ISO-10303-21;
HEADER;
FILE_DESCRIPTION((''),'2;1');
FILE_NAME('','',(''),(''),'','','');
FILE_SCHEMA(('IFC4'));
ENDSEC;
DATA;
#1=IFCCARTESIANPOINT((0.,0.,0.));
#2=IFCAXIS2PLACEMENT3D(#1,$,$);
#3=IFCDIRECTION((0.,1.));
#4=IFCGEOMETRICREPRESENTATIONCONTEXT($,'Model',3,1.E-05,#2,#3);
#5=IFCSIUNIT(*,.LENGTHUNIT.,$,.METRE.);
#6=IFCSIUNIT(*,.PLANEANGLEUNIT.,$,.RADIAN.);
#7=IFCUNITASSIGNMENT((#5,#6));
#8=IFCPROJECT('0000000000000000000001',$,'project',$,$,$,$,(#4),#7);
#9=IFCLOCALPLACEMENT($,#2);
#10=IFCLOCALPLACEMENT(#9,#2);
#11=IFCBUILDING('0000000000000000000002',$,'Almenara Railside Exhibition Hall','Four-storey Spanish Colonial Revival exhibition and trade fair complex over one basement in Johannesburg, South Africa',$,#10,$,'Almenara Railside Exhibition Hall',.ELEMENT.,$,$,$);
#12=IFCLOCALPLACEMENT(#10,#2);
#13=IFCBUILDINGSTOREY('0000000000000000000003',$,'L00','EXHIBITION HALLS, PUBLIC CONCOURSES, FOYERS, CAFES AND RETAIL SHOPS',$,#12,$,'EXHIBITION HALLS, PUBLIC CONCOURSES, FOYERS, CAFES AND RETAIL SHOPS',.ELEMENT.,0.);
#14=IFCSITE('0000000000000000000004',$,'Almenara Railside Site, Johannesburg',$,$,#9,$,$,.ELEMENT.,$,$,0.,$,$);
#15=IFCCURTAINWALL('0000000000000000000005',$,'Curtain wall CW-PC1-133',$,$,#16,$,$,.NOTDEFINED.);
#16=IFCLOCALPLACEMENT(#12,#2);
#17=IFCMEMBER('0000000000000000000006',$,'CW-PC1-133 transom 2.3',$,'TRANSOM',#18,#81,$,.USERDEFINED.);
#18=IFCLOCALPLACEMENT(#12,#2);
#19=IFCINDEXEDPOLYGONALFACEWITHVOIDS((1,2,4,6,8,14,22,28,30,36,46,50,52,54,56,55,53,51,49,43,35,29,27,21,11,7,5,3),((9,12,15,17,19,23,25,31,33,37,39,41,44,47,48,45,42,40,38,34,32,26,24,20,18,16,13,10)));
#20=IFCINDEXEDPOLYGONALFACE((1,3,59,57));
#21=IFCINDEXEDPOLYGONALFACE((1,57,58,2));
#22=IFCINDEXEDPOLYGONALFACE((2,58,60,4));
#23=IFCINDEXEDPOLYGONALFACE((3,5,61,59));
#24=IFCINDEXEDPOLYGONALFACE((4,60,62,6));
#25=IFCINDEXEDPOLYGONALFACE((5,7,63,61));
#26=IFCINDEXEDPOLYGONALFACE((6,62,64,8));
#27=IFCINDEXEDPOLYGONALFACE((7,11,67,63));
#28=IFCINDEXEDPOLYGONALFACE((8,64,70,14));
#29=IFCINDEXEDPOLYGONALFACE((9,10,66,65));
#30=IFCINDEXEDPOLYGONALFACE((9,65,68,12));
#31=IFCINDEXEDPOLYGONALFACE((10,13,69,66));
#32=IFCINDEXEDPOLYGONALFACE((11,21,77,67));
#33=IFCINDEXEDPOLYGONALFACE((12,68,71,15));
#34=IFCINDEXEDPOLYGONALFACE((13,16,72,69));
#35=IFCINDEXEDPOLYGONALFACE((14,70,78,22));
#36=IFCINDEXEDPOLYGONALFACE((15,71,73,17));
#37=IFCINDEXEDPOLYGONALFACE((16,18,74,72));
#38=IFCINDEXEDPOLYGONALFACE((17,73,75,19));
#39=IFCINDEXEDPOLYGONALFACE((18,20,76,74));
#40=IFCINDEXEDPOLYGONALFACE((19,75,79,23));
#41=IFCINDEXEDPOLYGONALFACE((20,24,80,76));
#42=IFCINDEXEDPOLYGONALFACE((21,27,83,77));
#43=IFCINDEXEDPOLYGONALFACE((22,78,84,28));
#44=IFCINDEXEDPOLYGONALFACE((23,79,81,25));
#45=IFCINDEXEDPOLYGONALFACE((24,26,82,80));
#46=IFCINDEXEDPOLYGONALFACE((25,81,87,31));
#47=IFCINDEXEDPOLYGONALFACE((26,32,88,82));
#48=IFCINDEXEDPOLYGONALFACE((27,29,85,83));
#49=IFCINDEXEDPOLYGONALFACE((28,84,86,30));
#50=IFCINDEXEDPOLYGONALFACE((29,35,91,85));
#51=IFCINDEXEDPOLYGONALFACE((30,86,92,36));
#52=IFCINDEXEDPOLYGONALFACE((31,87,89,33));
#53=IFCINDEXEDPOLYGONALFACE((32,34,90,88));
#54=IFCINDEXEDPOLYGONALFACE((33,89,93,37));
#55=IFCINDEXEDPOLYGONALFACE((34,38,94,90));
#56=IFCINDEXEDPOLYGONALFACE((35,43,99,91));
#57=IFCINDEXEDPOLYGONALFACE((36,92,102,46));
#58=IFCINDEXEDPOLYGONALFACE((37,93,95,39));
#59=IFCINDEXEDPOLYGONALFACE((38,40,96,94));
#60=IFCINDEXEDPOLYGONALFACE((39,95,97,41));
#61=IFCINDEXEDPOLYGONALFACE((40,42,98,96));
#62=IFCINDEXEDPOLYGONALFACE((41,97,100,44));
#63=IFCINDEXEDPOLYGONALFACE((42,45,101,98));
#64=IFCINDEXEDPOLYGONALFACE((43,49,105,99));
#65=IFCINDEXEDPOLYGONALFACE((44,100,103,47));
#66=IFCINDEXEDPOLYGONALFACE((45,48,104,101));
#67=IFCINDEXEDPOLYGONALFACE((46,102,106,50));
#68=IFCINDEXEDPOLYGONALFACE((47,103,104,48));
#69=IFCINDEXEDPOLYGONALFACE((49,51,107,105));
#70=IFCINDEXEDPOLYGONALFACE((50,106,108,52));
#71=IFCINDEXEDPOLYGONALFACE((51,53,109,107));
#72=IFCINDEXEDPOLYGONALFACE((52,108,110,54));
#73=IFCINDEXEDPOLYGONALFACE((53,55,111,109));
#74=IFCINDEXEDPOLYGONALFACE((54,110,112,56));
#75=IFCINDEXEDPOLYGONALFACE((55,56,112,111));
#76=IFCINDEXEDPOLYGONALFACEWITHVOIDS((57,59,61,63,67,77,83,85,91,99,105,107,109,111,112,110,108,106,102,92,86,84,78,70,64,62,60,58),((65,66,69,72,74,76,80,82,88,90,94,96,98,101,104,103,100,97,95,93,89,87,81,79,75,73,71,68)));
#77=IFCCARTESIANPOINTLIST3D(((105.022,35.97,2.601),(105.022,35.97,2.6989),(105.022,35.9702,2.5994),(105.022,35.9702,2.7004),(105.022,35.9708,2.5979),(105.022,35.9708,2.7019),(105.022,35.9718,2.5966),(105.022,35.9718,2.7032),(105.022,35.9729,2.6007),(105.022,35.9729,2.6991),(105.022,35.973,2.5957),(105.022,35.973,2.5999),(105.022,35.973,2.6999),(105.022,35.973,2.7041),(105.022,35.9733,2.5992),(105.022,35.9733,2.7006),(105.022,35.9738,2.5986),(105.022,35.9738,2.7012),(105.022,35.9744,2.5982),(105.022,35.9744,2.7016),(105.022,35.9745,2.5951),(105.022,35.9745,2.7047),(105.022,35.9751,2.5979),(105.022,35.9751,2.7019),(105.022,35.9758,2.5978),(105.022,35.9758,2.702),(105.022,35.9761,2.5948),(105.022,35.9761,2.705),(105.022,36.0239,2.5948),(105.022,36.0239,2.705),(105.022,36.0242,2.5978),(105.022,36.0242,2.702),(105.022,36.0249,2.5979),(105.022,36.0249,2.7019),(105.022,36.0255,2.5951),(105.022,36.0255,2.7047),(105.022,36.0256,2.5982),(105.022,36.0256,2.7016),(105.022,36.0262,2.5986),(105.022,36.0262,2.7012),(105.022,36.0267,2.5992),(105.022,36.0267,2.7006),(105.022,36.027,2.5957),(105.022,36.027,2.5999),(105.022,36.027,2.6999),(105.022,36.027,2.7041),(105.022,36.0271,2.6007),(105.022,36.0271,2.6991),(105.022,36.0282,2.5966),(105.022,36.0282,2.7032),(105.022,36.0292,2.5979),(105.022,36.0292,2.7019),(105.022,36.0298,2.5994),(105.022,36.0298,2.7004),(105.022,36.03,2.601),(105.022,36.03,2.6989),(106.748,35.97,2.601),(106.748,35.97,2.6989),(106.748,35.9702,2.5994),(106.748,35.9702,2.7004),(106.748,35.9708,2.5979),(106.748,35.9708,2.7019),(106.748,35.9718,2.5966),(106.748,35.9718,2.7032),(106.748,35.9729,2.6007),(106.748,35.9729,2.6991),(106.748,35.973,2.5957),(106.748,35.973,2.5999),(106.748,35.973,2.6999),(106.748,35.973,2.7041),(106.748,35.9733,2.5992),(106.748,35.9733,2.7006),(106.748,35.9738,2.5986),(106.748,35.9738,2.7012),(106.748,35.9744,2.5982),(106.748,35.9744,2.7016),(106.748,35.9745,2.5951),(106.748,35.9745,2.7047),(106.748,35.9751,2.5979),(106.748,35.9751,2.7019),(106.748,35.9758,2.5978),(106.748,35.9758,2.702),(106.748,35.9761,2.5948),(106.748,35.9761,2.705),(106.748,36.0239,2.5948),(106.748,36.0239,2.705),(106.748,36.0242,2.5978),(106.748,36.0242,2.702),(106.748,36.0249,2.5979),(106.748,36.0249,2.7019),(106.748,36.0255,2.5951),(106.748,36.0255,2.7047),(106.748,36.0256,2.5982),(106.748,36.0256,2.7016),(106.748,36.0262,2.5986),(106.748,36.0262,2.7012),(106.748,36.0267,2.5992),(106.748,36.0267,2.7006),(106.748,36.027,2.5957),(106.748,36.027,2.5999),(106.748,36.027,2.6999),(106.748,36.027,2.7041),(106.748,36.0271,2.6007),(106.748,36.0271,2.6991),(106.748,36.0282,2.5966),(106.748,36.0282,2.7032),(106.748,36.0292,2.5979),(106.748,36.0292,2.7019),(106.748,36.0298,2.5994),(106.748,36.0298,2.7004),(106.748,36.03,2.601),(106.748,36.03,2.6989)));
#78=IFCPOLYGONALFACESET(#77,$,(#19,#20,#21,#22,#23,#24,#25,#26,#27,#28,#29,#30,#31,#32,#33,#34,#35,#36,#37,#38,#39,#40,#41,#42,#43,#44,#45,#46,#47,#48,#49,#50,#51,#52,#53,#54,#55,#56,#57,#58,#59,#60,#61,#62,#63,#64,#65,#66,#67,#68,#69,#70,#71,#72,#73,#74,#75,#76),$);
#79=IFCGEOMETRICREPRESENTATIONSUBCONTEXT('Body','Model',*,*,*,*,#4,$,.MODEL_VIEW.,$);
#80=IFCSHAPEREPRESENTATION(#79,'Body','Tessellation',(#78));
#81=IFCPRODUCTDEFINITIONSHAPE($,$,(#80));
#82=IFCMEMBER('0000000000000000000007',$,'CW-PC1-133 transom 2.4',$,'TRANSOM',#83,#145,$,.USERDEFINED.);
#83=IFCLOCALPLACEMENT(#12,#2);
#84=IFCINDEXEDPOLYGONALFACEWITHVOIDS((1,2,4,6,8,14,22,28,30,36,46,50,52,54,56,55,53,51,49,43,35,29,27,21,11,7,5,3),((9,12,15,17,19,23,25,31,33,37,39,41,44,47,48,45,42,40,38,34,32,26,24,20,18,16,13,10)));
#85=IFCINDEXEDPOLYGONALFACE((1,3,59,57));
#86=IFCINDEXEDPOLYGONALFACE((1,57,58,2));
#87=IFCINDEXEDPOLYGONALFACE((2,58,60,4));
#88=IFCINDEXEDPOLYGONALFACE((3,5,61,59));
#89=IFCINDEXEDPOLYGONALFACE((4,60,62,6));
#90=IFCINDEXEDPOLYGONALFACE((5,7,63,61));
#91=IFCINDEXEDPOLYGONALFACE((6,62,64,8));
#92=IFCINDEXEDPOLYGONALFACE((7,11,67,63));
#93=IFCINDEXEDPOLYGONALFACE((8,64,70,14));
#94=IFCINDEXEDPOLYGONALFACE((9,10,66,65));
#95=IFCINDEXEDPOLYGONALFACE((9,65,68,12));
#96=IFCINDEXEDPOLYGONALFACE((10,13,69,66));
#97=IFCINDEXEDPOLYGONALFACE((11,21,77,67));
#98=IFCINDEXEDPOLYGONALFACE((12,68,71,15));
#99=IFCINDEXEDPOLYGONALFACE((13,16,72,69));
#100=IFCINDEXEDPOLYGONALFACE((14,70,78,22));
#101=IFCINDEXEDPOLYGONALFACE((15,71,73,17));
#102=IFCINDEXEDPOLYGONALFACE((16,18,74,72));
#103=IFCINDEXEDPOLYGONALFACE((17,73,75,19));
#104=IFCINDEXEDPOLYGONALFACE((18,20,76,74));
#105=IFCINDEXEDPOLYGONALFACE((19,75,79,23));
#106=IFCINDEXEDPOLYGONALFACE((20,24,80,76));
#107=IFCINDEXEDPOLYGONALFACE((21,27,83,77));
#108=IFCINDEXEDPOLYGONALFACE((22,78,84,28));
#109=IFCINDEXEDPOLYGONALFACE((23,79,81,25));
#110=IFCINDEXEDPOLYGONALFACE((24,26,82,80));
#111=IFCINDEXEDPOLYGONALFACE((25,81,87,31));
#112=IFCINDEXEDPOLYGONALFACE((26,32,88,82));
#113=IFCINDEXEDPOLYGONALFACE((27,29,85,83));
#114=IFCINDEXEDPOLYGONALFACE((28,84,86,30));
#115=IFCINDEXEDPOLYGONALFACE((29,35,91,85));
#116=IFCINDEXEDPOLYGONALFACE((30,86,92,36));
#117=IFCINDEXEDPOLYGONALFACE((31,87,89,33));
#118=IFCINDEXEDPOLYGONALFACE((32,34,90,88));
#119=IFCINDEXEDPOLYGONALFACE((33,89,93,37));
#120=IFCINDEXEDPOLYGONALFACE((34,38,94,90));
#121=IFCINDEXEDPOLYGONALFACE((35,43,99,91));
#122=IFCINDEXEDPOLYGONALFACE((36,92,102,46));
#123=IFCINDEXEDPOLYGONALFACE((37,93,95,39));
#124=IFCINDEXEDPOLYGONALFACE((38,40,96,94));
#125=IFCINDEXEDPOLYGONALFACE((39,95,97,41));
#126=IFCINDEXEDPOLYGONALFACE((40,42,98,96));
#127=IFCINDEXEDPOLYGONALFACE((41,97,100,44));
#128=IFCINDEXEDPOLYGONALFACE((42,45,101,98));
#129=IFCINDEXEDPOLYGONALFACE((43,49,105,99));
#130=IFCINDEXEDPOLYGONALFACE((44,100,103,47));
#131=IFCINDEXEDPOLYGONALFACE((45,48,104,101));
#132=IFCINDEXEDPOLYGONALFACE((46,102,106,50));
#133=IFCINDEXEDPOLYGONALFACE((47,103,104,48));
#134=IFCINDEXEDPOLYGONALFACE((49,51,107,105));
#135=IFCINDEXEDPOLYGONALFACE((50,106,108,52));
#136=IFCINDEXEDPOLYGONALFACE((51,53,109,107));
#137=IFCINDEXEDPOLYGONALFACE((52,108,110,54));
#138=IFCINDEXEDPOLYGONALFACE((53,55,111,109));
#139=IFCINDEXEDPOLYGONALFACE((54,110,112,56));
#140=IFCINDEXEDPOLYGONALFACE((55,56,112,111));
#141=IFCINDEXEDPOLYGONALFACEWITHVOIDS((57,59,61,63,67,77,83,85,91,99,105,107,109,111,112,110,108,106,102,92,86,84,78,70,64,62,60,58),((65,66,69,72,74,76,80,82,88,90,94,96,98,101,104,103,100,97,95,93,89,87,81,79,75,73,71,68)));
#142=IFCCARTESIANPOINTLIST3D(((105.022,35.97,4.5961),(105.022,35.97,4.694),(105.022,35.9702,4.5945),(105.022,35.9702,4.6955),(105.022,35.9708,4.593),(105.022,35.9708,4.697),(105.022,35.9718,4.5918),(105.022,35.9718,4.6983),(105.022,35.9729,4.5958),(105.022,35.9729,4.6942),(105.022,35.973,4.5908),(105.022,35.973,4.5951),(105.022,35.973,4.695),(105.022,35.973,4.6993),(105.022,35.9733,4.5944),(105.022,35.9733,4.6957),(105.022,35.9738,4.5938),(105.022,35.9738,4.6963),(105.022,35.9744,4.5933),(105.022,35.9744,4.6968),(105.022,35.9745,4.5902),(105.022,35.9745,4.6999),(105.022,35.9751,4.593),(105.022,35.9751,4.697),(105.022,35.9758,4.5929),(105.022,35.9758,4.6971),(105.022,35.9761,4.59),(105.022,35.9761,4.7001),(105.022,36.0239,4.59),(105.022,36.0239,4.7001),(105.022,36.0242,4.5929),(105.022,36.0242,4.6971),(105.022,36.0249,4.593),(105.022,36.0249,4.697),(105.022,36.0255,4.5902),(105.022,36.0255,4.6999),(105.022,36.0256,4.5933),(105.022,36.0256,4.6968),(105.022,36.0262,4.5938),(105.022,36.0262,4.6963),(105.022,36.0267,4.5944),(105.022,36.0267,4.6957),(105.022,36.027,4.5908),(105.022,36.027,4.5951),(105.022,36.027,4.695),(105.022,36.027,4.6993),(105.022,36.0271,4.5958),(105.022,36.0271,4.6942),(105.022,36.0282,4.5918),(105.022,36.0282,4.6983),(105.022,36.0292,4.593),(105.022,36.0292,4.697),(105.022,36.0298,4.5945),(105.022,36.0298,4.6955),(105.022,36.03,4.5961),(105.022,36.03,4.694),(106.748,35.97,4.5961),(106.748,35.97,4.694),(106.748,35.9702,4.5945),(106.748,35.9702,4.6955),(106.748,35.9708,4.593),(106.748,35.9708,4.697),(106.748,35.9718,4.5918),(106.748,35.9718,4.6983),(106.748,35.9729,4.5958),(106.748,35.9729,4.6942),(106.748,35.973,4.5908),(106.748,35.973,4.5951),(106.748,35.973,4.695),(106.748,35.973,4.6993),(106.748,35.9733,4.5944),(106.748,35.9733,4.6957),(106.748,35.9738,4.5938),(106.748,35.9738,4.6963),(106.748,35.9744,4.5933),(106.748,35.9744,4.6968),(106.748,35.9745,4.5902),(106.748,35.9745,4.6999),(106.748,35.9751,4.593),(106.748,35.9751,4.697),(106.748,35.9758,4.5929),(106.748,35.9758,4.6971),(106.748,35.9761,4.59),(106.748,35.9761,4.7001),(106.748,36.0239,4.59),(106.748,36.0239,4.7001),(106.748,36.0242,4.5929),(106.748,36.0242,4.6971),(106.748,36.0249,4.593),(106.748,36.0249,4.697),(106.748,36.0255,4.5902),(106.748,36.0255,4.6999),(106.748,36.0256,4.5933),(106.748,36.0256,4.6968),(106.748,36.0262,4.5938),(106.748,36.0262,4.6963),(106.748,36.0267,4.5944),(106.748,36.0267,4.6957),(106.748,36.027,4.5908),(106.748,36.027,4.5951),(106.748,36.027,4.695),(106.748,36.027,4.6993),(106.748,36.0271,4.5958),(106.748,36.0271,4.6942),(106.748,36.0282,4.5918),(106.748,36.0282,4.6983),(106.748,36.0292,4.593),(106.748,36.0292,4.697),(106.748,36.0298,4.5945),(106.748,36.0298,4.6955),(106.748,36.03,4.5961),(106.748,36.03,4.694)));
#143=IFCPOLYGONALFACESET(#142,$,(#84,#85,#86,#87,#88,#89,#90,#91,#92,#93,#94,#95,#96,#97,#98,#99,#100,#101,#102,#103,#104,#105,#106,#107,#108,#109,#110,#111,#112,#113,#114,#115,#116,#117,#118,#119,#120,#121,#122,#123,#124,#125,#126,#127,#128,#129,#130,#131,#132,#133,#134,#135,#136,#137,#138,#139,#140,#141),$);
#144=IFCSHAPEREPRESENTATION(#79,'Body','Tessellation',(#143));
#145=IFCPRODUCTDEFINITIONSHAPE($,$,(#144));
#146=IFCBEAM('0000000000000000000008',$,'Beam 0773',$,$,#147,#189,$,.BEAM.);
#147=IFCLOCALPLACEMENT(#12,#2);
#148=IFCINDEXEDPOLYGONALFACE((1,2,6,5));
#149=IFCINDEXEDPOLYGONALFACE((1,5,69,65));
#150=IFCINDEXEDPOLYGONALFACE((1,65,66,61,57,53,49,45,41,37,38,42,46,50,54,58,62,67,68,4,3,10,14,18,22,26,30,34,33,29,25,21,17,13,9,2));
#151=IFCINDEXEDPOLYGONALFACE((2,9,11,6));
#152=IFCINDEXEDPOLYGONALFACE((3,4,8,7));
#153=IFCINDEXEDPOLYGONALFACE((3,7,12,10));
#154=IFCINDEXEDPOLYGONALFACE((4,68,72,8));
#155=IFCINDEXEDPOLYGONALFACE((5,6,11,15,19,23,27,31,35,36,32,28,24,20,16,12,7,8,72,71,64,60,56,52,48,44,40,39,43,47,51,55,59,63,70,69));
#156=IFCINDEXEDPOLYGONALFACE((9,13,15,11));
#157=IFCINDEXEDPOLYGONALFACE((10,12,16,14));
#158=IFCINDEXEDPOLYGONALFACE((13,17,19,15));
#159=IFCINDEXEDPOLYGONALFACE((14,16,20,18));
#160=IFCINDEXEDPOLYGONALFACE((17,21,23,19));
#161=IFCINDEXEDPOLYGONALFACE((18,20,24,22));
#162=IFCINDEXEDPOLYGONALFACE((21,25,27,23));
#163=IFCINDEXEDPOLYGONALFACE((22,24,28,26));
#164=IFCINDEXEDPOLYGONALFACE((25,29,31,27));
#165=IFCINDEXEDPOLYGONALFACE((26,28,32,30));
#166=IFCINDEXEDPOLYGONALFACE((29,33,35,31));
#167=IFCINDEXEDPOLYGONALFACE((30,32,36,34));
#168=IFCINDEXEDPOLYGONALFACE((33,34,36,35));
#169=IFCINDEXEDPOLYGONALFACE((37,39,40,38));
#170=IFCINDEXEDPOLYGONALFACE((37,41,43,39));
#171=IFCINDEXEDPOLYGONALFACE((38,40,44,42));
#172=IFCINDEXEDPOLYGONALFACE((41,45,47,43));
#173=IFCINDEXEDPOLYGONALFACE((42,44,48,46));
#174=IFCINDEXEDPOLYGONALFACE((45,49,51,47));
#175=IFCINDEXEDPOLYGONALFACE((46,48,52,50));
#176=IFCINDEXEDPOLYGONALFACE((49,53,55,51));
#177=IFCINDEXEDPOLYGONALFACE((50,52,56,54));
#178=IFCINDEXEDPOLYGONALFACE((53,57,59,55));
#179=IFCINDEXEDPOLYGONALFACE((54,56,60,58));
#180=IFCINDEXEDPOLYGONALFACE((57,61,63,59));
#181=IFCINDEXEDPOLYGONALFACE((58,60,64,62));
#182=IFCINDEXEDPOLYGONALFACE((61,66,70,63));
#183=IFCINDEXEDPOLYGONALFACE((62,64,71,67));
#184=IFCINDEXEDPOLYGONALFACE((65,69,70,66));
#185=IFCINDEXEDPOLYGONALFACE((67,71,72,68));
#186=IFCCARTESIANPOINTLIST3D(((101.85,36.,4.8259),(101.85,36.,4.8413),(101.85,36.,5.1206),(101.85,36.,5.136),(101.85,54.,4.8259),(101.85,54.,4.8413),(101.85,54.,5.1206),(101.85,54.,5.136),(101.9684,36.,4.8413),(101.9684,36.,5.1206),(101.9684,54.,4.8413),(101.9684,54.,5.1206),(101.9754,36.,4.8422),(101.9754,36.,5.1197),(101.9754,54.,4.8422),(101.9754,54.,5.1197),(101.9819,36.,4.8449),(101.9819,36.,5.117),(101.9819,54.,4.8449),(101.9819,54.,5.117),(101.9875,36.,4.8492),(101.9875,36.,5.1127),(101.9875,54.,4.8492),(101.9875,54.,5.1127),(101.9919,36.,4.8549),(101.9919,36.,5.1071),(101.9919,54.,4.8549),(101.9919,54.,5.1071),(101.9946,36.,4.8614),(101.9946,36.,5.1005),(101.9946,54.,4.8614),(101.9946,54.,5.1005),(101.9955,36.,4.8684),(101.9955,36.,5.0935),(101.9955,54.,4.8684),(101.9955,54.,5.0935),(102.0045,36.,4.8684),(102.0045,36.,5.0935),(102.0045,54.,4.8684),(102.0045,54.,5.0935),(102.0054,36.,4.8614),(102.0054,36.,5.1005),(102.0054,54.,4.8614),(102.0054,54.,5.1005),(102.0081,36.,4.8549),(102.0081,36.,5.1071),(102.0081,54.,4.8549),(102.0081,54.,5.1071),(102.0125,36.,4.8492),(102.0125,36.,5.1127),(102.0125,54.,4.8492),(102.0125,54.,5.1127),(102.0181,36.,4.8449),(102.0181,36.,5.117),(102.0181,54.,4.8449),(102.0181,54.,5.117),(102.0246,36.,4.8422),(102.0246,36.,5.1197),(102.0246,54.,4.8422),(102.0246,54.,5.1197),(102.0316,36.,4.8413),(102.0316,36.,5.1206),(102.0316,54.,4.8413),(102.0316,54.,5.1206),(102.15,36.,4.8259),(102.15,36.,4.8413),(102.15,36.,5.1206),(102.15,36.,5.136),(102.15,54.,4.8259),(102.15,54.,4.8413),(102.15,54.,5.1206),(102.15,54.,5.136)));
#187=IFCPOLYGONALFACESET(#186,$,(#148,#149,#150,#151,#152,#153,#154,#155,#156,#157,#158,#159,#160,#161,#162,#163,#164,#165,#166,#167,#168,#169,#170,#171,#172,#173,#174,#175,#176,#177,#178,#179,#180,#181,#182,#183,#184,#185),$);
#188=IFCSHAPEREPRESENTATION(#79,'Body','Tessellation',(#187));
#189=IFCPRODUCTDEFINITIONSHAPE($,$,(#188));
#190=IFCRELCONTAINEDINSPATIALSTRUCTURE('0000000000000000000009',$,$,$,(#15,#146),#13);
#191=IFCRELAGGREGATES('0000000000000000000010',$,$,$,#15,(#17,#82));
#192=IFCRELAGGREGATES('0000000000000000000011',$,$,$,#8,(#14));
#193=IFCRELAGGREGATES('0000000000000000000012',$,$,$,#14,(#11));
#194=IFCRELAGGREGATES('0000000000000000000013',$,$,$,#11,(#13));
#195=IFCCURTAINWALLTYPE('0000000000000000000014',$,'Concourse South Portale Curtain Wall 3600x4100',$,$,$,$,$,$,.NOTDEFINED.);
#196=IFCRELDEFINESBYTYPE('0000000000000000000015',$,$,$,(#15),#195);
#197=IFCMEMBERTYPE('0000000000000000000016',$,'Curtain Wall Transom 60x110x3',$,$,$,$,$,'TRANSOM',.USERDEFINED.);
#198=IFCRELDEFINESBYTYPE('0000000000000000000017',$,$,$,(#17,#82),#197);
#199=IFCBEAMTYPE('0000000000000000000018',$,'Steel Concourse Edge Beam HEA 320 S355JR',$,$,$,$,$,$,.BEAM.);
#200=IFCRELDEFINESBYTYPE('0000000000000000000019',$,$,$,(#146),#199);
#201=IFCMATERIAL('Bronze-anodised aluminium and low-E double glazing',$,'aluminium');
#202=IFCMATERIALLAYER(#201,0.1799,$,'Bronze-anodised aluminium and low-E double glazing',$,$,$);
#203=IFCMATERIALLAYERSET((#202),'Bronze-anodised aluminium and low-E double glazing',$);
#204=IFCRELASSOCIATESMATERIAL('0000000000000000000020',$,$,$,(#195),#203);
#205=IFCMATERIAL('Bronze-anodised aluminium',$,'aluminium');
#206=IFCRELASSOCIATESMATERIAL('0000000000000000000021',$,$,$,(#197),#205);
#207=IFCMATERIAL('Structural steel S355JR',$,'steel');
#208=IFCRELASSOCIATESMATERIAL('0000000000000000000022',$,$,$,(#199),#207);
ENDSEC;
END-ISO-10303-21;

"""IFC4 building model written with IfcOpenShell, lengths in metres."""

from ifc_helpers import new_model, si_unit, direction, frame, origin, origin_2d, place, context, subcontext, project, spatial, hollow_rectangle, i_section, extrude, material, layer, layer_set, material_profile, profile_set, type_object, element, aggregate, save


model = new_model("IFC4")

# Units and contexts
model_context = context("Model", 3, precision=1e-05, world=origin(), true_north=direction((0.0, 1.0)))
body_context = subcontext(model_context, "Body", "Model", "MODEL_VIEW")
ifc_project = project(units=[si_unit("LENGTHUNIT", "METRE"), si_unit("PLANEANGLEUNIT", "RADIAN")], contexts=[model_context])

# Site, building, storey
site_placement = place(None, origin())
site = spatial("IfcSite", under=ifc_project, at=site_placement, Name="Almenara Railside Site, Johannesburg", CompositionType="ELEMENT", RefElevation=0.0)
building_placement = place(site_placement, origin())
building = spatial("IfcBuilding", under=site, at=building_placement, Name="Almenara Railside Exhibition Hall", Description="Four-storey Spanish Colonial Revival exhibition and trade fair complex over one basement in Johannesburg, South Africa", LongName="Almenara Railside Exhibition Hall", CompositionType="ELEMENT")
storey_placement = place(building_placement, origin())
storey = spatial("IfcBuildingStorey", under=building, at=storey_placement, Name="L00", Description="EXHIBITION HALLS, PUBLIC CONCOURSES, FOYERS, CAFES AND RETAIL SHOPS", LongName="EXHIBITION HALLS, PUBLIC CONCOURSES, FOYERS, CAFES AND RETAIL SHOPS", CompositionType="ELEMENT", Elevation=0.0)

# Curtain wall, members
ifc_material_1 = material(Name="Bronze-anodised aluminium and low-E double glazing", Category="aluminium")
ifc_layer_1 = layer(ifc_material_1, 0.1799, Name="Bronze-anodised aluminium and low-E double glazing")
ifc_layer_set_1 = layer_set([ifc_layer_1], Name="Bronze-anodised aluminium and low-E double glazing")
curtain_wall_type = type_object("IfcCurtainWallType", Name="Concourse South Portale Curtain Wall 3600x4100", PredefinedType="NOTDEFINED", material=ifc_layer_set_1)
curtain_wall_placement = place(storey_placement, origin())
curtain_wall = element("IfcCurtainWall", 1, at=curtain_wall_placement, inside=storey, type_object=curtain_wall_type, Name="Curtain wall CW-PC1-133", PredefinedType="NOTDEFINED")
ifc_material_2 = material(Name="Bronze-anodised aluminium", Category="aluminium")
ifc_material_profile_1 = material_profile(ifc_material_2, hollow_rectangle(XDim=0.0601, YDim=0.1101, WallThickness=0.0029, InnerFilletRadius=0.0029, OuterFilletRadius=0.0061, at=origin_2d()), Name="ALU-TRN 60x110x3")
ifc_profile_set_1 = profile_set([ifc_material_profile_1], Name="Bronze-anodised aluminium")
member_type_1 = type_object("IfcMemberType", Name="Curtain Wall Transom 60x110x3", ElementType="TRANSOM", PredefinedType="USERDEFINED", material=ifc_profile_set_1)
member_1_placement = place(storey_placement, frame((105.022, 36.0, 2.6499), z_axis=(1.0, 0.0, 0.0), x_axis=(0.0, 1.0, 0.0)))
member_1 = element("IfcMember", 2, at=member_1_placement, type_object=member_type_1, Name="CW-PC1-133 transom 2.3", ObjectType="TRANSOM", PredefinedType="USERDEFINED", context=body_context, shape_type="SweptSolid", body=[
    extrude(hollow_rectangle(XDim=0.0601, YDim=0.1101, WallThickness=0.0029, InnerFilletRadius=0.0029, OuterFilletRadius=0.0061, at=origin_2d()), origin(), (0.0, 0.0, 1.0), 1.7261),
])
member_2_placement = place(storey_placement, frame((105.022, 36.0, 4.645), z_axis=(1.0, 0.0, 0.0), x_axis=(0.0, 1.0, 0.0)))
member_2 = element("IfcMember", 3, at=member_2_placement, type_object=member_type_1, Name="CW-PC1-133 transom 2.4", ObjectType="TRANSOM", PredefinedType="USERDEFINED", context=body_context, shape_type="SweptSolid", body=[
    extrude(hollow_rectangle(XDim=0.0601, YDim=0.1101, WallThickness=0.0029, InnerFilletRadius=0.0029, OuterFilletRadius=0.0061, at=origin_2d()), origin(), (0.0, 0.0, 1.0), 1.7261),
])

# Beam
ifc_material_3 = material(Name="Structural steel S355JR", Category="steel")
ifc_material_profile_2 = material_profile(ifc_material_3, i_section(OverallWidth=0.3, OverallDepth=0.3101, WebThickness=0.009, FlangeThickness=0.0154, FilletRadius=0.0271, at=origin_2d()), Name="HEA 320")
ifc_profile_set_2 = profile_set([ifc_material_profile_2], Name="Structural steel S355JR")
beam_type = type_object("IfcBeamType", Name="Steel Concourse Edge Beam HEA 320 S355JR", PredefinedType="BEAM", material=ifc_profile_set_2)
beam_placement = place(storey_placement, frame((102.0, 36.0, 4.981), z_axis=(0.0, 1.0, 0.0), x_axis=(-1.0, 0.0, 0.0)))
element("IfcBeam", 4, at=beam_placement, inside=storey, type_object=beam_type, Name="Beam 0773", PredefinedType="BEAM", context=body_context, shape_type="SweptSolid", body=[
    extrude(i_section(OverallWidth=0.3, OverallDepth=0.3101, WebThickness=0.009, FlangeThickness=0.0154, FilletRadius=0.0271, at=origin_2d()), origin(), (0.0, 0.0, 1.0), 18.0),
])

aggregate(curtain_wall, [member_1, member_2])

save(model, "model.ifc")
